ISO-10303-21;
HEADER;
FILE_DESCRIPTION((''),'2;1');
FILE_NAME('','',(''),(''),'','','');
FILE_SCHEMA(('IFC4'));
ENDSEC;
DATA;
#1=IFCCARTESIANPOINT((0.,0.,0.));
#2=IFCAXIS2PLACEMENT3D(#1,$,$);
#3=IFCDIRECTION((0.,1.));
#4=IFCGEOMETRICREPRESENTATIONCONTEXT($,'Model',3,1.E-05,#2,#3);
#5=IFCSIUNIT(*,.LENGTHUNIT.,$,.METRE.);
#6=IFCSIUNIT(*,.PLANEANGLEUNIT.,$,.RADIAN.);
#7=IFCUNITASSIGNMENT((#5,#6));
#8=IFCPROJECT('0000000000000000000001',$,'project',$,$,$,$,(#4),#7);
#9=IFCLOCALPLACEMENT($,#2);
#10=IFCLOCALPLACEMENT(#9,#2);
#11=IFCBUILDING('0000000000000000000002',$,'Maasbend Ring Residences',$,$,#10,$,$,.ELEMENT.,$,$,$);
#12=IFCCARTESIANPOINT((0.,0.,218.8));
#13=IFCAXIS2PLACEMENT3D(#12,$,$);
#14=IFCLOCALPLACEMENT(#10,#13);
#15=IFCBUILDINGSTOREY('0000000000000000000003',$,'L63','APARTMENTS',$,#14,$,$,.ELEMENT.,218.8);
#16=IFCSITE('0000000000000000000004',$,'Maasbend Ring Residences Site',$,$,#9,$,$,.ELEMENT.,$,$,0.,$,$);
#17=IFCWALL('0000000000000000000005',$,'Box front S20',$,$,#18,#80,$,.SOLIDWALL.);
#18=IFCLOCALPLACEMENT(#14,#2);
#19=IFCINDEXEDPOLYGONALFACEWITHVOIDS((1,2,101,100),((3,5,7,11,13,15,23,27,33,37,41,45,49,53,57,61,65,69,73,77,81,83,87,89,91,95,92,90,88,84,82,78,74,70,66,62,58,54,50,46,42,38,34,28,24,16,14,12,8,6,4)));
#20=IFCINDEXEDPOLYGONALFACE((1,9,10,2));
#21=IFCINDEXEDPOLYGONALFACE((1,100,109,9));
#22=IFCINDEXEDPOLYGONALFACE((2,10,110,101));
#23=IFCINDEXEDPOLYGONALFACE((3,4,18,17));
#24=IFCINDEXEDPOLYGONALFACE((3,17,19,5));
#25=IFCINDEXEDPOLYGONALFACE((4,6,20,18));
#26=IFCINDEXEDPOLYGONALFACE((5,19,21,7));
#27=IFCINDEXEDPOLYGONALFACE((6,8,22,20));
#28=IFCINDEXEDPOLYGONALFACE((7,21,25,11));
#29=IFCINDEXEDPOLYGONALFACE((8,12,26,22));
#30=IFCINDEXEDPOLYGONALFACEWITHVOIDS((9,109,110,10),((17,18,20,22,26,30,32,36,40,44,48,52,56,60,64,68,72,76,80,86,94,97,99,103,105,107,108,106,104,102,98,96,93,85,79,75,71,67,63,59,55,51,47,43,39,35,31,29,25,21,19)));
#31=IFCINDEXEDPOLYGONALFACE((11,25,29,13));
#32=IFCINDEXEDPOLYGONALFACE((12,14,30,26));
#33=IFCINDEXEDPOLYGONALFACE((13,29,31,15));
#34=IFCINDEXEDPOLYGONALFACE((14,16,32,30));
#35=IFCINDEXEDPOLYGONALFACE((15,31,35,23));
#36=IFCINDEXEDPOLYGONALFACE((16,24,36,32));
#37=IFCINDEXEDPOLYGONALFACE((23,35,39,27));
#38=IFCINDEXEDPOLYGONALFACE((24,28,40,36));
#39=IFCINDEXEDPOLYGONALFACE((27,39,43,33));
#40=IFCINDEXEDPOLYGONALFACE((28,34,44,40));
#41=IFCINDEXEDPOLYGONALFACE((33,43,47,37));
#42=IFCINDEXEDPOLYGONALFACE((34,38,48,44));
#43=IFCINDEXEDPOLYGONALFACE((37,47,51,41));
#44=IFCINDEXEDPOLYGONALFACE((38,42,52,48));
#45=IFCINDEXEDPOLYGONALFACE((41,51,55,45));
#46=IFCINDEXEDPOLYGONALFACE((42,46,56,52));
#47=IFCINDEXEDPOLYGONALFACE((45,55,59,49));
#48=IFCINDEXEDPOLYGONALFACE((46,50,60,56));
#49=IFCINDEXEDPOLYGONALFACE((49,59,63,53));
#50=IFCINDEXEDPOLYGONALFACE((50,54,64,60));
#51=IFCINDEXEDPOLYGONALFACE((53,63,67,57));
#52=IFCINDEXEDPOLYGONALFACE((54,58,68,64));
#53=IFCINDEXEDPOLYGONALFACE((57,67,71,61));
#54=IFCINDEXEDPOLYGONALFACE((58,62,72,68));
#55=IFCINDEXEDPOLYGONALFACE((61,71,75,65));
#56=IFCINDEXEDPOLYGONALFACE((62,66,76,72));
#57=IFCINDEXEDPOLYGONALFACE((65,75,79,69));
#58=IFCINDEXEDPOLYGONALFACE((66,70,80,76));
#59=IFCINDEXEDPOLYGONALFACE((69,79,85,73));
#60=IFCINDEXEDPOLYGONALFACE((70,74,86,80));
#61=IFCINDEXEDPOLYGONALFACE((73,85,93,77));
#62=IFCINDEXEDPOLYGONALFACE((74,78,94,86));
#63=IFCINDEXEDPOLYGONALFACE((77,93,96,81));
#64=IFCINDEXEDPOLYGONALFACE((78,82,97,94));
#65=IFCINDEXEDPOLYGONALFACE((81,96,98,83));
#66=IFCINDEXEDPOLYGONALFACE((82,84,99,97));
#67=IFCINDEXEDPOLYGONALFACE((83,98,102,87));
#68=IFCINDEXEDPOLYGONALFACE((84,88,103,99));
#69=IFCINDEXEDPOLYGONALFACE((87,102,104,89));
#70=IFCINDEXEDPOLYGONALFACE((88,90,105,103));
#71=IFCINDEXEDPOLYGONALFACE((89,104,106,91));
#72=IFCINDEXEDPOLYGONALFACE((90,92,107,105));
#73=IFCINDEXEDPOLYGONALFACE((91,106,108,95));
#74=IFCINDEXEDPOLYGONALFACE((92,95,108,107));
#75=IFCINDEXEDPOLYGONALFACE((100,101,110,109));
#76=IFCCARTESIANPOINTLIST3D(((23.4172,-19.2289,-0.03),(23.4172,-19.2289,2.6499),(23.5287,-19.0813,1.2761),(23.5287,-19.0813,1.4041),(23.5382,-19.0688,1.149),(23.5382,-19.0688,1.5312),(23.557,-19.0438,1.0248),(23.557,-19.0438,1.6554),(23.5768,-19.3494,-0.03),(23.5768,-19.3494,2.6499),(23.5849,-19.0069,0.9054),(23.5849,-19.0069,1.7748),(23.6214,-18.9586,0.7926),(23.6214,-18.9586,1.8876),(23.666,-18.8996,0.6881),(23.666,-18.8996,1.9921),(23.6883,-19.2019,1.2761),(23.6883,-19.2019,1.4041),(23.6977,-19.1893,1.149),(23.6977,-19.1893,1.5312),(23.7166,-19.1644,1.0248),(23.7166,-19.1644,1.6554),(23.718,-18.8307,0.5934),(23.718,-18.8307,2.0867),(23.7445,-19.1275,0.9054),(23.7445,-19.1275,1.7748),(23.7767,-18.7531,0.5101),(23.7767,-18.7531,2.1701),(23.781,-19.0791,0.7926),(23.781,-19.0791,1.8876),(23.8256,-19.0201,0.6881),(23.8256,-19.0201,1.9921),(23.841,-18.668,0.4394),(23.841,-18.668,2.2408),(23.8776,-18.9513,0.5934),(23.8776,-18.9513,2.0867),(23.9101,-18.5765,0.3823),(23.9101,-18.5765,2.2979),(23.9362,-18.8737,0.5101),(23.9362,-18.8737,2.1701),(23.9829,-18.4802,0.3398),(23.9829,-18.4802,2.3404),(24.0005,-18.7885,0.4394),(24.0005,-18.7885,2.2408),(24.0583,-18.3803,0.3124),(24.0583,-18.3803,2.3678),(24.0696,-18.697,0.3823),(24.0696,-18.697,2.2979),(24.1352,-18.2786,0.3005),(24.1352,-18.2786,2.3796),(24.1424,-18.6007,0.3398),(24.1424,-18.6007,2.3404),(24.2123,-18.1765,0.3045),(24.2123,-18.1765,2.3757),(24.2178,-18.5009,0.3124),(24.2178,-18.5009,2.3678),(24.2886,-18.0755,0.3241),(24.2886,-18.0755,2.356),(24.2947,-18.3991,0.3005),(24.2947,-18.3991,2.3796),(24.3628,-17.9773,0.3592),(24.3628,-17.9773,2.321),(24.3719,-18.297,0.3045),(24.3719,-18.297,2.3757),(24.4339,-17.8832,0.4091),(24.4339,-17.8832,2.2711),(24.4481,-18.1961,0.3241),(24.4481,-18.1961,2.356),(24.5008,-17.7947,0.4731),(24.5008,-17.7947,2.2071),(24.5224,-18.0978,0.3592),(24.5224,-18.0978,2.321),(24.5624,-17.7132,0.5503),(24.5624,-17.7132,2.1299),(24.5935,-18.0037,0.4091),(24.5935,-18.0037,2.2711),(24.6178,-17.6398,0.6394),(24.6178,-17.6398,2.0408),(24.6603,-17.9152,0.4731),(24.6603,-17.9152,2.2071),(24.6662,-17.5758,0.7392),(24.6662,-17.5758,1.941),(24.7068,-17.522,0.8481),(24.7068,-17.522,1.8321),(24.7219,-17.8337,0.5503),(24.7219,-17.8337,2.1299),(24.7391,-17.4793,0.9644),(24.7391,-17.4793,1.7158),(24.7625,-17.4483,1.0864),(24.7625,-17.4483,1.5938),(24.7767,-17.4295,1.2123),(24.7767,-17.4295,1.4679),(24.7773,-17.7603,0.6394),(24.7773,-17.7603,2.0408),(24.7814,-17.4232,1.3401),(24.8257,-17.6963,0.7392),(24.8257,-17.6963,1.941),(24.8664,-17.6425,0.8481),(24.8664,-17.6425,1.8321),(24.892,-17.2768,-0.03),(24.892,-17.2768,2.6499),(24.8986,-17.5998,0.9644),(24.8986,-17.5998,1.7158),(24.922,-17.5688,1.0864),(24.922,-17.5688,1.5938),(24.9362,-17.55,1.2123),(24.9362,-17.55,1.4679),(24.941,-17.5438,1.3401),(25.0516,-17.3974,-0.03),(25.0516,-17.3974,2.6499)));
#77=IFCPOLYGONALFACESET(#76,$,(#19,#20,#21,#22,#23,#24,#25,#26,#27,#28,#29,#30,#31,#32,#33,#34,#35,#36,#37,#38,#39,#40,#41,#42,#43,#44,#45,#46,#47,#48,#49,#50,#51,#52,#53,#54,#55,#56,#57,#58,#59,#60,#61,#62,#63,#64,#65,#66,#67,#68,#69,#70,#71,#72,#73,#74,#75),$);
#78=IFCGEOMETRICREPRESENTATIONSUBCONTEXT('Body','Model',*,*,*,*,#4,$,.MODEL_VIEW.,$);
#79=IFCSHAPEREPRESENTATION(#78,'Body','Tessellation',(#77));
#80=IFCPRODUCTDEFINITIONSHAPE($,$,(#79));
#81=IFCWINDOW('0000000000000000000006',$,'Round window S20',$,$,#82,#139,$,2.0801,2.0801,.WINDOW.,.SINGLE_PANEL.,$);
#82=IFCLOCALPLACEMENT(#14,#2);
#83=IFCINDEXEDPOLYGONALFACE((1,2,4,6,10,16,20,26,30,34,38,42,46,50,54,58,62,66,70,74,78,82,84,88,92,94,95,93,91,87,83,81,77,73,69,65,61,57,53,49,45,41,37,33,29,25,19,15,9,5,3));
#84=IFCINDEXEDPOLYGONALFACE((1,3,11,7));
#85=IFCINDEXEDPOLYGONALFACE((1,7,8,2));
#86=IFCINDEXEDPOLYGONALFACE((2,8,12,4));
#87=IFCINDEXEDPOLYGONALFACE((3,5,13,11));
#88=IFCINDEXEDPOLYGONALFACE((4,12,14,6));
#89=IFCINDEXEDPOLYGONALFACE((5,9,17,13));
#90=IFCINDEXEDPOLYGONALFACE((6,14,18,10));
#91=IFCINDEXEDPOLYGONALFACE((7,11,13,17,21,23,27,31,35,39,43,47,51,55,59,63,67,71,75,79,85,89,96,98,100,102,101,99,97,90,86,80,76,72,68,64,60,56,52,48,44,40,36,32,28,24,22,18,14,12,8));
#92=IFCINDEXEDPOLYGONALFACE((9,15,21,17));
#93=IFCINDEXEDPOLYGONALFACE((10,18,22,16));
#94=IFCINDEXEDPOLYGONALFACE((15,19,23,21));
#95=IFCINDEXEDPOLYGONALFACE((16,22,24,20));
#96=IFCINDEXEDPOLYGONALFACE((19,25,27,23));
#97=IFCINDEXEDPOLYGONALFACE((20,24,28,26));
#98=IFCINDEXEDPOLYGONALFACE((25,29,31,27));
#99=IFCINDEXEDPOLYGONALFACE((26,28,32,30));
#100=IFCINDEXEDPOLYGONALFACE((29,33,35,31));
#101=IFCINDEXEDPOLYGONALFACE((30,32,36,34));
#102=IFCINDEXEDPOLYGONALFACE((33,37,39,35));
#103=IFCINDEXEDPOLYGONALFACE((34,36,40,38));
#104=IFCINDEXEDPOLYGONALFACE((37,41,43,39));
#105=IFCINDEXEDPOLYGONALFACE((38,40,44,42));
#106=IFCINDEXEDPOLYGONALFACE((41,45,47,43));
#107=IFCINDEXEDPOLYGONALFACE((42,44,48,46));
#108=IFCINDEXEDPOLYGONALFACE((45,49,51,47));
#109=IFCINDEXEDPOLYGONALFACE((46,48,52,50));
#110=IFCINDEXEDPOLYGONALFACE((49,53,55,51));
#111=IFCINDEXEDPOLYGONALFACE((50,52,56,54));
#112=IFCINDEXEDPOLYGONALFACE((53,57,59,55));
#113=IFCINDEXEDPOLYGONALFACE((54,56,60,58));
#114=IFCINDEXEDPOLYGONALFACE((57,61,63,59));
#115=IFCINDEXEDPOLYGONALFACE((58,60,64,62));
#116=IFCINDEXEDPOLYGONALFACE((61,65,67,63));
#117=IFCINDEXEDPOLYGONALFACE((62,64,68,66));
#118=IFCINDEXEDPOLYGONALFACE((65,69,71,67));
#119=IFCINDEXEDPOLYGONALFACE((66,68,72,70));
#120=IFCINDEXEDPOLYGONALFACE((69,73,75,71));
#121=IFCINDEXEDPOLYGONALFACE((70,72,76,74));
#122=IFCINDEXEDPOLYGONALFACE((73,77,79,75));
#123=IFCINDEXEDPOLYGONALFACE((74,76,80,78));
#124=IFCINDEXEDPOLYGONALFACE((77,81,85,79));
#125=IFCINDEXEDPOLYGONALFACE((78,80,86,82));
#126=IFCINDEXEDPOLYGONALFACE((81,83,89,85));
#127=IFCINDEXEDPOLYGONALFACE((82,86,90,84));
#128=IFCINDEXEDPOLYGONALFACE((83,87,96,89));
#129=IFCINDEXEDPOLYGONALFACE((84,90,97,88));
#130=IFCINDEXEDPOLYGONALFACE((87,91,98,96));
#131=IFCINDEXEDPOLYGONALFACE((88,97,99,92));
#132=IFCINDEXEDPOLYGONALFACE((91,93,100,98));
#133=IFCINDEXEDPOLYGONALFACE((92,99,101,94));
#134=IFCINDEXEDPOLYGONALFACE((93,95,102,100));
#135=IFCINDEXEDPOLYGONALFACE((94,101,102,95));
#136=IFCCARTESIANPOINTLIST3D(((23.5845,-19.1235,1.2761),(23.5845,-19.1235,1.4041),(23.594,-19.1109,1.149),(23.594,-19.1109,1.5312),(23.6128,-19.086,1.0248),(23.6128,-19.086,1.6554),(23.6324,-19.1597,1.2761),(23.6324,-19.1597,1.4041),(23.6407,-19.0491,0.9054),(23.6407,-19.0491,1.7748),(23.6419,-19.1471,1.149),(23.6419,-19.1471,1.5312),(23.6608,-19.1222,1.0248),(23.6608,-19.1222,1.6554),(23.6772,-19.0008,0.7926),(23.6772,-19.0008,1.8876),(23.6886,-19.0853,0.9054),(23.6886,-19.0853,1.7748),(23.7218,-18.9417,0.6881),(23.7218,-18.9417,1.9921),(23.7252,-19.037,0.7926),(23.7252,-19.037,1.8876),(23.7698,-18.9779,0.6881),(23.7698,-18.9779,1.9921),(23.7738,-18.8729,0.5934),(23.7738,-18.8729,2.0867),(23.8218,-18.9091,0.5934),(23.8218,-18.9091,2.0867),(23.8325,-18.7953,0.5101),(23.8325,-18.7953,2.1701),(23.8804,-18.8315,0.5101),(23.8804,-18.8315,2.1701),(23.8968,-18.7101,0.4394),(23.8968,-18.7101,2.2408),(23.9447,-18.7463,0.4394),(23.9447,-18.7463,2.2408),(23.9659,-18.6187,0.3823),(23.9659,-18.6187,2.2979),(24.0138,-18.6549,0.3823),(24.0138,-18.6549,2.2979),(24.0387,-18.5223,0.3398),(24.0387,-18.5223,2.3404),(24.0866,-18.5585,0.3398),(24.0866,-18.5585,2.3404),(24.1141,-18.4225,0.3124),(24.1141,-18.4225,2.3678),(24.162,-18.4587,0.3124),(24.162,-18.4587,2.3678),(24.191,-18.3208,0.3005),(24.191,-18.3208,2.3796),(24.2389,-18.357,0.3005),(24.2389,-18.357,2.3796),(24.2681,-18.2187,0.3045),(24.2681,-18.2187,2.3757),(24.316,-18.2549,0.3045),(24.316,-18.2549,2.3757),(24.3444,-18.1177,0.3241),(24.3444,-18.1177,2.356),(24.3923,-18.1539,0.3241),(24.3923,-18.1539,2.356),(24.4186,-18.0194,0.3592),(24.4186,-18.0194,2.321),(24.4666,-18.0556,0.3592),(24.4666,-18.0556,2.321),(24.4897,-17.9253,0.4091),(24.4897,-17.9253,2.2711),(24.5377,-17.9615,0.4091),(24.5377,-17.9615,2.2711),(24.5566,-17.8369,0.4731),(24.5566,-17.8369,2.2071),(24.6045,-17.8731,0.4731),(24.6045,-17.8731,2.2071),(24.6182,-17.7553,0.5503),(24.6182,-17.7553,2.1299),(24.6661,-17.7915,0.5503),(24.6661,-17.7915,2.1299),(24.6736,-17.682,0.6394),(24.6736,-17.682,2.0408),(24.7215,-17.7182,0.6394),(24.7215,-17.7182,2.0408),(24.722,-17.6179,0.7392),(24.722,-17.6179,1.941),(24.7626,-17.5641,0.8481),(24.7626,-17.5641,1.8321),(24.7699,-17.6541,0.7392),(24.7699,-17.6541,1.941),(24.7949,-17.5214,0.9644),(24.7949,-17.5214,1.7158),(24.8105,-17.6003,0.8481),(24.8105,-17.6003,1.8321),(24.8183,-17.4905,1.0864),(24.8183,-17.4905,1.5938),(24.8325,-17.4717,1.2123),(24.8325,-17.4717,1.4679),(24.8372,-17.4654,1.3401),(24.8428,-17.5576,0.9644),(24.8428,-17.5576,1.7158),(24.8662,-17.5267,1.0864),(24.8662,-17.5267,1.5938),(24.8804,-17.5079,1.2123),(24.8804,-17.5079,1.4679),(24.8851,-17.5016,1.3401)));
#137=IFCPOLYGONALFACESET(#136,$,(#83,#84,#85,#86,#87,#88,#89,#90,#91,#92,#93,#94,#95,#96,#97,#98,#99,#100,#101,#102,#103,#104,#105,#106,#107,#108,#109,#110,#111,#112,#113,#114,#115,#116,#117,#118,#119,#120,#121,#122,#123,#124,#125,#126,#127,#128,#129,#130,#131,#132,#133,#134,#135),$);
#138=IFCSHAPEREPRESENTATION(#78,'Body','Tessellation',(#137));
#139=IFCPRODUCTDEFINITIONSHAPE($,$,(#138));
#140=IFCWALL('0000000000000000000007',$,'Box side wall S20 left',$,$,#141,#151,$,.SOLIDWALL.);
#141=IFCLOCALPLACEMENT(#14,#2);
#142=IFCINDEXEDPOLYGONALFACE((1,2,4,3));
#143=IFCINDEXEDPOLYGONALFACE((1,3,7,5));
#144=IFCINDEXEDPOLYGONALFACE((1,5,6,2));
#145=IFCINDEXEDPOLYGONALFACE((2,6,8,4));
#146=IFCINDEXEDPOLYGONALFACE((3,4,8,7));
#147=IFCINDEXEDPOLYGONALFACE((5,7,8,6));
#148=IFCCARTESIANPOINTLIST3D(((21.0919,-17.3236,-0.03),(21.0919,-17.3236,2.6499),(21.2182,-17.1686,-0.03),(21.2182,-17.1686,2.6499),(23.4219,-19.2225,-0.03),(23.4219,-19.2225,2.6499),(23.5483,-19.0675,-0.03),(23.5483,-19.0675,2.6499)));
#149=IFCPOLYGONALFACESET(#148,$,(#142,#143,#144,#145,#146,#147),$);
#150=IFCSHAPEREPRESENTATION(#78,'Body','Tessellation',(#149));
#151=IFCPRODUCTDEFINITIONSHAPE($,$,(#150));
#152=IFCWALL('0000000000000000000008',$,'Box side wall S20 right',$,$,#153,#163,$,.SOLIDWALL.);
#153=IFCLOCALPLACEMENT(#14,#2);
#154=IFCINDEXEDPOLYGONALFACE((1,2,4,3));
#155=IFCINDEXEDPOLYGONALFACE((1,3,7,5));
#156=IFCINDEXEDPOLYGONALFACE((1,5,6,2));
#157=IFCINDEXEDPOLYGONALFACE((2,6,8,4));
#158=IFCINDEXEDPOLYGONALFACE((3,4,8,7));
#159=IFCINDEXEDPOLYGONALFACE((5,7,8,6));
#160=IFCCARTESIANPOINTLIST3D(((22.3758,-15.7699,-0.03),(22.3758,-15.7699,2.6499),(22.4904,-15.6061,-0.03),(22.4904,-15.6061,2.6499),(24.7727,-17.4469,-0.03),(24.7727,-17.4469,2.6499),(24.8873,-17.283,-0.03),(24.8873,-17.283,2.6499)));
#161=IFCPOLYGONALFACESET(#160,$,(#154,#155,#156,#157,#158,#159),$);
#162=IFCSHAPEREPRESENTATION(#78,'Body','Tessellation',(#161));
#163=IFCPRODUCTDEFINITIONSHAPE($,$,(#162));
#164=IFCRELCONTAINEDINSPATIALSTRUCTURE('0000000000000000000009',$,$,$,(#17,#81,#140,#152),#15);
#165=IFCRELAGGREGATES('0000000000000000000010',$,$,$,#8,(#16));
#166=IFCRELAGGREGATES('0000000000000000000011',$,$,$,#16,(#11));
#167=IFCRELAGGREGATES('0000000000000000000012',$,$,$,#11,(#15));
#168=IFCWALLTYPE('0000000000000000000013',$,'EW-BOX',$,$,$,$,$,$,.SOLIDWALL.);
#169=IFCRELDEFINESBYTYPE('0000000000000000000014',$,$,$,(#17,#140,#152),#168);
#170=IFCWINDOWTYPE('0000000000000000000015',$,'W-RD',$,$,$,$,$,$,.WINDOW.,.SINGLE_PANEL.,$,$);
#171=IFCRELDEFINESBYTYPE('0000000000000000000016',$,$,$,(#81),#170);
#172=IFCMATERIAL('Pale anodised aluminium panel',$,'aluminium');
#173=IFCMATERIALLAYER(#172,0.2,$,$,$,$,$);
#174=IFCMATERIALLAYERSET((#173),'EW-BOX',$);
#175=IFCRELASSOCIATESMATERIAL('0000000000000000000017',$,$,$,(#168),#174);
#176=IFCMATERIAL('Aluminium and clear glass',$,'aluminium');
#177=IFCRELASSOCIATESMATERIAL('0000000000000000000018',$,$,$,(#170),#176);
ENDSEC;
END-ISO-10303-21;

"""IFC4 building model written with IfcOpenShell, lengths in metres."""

from ifc_helpers import new_model, si_unit, direction, frame, frame_2d, origin, place, context, subcontext, project, spatial, rectangle, circle, extrude, material, layer, layer_set, type_object, element, fill, save


model = new_model("IFC4")

# Units and contexts
model_context = context("Model", 3, precision=1e-05, world=origin(), true_north=direction((0.0, 1.0)))
body_context = subcontext(model_context, "Body", "Model", "MODEL_VIEW")
ifc_project = project(units=[si_unit("LENGTHUNIT", "METRE"), si_unit("PLANEANGLEUNIT", "RADIAN")], contexts=[model_context])

# Site, building, storey
site_placement = place(None, origin())
site = spatial("IfcSite", under=ifc_project, at=site_placement, Name="Maasbend Ring Residences Site", CompositionType="ELEMENT", RefElevation=0.0)
building_placement = place(site_placement, origin())
building = spatial("IfcBuilding", under=site, at=building_placement, Name="Maasbend Ring Residences", CompositionType="ELEMENT")
storey_placement = place(building_placement, frame((0.0, 0.0, 218.8)))
storey = spatial("IfcBuildingStorey", under=building, at=storey_placement, Name="L63", Description="APARTMENTS", CompositionType="ELEMENT", Elevation=218.8)

# Shared definitions
ifc_material_1 = material(Name="Pale anodised aluminium panel", Category="aluminium")
ifc_layer_1 = layer(ifc_material_1, 0.2)
ifc_layer_set_1 = layer_set([ifc_layer_1], Name="EW-BOX")
wall_type_1 = type_object("IfcWallType", Name="EW-BOX", PredefinedType="SOLIDWALL", material=ifc_layer_set_1)
ifc_material_2 = material(Name="Aluminium and clear glass", Category="aluminium")
window_type_1 = type_object("IfcWindowType", Name="W-RD", PartitioningType="SINGLE_PANEL", PredefinedType="WINDOW", material=ifc_material_2)

# Wall, opening, window
wall_1_placement = place(storey_placement, frame((23.4971, -19.2891, -0.03), z_axis=(0.0, 0.0, 1.0), x_axis=(0.602806, 0.797888, 0.0)))
wall_1 = element("IfcWall", 1, at=wall_1_placement, inside=storey, type_object=wall_type_1, Name="Box front S20", PredefinedType="SOLIDWALL", context=body_context, shape_type="SweptSolid", body=[
    extrude(rectangle(XDim=2.4465, YDim=0.2, at=frame_2d((1.2231, 0.0))), origin(), (0.0, 0.0, 1.0), 2.6799),
])
opening_1_placement = place(wall_1_placement, frame((0.1829, 0.0, 0.3301)))
opening_1 = element("IfcOpeningElement", 2, at=opening_1_placement, cuts=wall_1, PredefinedType="OPENING", context=body_context, shape_type="SweptSolid", body=[
    extrude(circle(Radius=1.04, at=frame_2d((1.04, 1.04))), frame((0.0, 0.1099, 0.0), z_axis=(0.0, -1.0, 0.0), x_axis=(1.0, 0.0, 0.0)), (0.0, 0.0, 1.0), 0.22),
])
window_1_placement = place(opening_1_placement, origin())
window_1 = element("IfcWindow", 3, at=window_1_placement, inside=storey, type_object=window_type_1, Name="Round window S20", OverallHeight=2.0801, OverallWidth=2.0801, PartitioningType="SINGLE_PANEL", PredefinedType="WINDOW", context=body_context, shape_type="SweptSolid", body=[
    extrude(circle(Radius=1.04, at=frame_2d((1.04, 1.04))), frame((0.0, 0.03, 0.0), z_axis=(0.0, -1.0, 0.0), x_axis=(1.0, 0.0, 0.0)), (0.0, 0.0, 1.0), 0.0601),
])
fill(opening_1, window_1)

# Walls
wall_2_placement = place(storey_placement, frame((21.155, -17.2461, -0.03), z_axis=(0.0, 0.0, 1.0), x_axis=(0.775179, -0.631742, 0.0)))
element("IfcWall", 4, at=wall_2_placement, inside=storey, type_object=wall_type_1, Name="Box side wall S20 left", PredefinedType="SOLIDWALL", context=body_context, shape_type="SweptSolid", body=[
    extrude(rectangle(XDim=3.0059, YDim=0.2, at=frame_2d((1.5029, 0.0))), origin(), (0.0, 0.0, 1.0), 2.6799),
])
wall_3_placement = place(storey_placement, frame((22.4331, -15.688, -0.03), z_axis=(0.0, 0.0, 1.0), x_axis=(0.819373, -0.573261, 0.0)))
element("IfcWall", 5, at=wall_3_placement, inside=storey, type_object=wall_type_1, Name="Box side wall S20 right", PredefinedType="SOLIDWALL", context=body_context, shape_type="SweptSolid", body=[
    extrude(rectangle(XDim=2.9253, YDim=0.2, at=frame_2d((1.4626, 0.0))), origin(), (0.0, 0.0, 1.0), 2.6799),
])

save(model, "model.ifc")
